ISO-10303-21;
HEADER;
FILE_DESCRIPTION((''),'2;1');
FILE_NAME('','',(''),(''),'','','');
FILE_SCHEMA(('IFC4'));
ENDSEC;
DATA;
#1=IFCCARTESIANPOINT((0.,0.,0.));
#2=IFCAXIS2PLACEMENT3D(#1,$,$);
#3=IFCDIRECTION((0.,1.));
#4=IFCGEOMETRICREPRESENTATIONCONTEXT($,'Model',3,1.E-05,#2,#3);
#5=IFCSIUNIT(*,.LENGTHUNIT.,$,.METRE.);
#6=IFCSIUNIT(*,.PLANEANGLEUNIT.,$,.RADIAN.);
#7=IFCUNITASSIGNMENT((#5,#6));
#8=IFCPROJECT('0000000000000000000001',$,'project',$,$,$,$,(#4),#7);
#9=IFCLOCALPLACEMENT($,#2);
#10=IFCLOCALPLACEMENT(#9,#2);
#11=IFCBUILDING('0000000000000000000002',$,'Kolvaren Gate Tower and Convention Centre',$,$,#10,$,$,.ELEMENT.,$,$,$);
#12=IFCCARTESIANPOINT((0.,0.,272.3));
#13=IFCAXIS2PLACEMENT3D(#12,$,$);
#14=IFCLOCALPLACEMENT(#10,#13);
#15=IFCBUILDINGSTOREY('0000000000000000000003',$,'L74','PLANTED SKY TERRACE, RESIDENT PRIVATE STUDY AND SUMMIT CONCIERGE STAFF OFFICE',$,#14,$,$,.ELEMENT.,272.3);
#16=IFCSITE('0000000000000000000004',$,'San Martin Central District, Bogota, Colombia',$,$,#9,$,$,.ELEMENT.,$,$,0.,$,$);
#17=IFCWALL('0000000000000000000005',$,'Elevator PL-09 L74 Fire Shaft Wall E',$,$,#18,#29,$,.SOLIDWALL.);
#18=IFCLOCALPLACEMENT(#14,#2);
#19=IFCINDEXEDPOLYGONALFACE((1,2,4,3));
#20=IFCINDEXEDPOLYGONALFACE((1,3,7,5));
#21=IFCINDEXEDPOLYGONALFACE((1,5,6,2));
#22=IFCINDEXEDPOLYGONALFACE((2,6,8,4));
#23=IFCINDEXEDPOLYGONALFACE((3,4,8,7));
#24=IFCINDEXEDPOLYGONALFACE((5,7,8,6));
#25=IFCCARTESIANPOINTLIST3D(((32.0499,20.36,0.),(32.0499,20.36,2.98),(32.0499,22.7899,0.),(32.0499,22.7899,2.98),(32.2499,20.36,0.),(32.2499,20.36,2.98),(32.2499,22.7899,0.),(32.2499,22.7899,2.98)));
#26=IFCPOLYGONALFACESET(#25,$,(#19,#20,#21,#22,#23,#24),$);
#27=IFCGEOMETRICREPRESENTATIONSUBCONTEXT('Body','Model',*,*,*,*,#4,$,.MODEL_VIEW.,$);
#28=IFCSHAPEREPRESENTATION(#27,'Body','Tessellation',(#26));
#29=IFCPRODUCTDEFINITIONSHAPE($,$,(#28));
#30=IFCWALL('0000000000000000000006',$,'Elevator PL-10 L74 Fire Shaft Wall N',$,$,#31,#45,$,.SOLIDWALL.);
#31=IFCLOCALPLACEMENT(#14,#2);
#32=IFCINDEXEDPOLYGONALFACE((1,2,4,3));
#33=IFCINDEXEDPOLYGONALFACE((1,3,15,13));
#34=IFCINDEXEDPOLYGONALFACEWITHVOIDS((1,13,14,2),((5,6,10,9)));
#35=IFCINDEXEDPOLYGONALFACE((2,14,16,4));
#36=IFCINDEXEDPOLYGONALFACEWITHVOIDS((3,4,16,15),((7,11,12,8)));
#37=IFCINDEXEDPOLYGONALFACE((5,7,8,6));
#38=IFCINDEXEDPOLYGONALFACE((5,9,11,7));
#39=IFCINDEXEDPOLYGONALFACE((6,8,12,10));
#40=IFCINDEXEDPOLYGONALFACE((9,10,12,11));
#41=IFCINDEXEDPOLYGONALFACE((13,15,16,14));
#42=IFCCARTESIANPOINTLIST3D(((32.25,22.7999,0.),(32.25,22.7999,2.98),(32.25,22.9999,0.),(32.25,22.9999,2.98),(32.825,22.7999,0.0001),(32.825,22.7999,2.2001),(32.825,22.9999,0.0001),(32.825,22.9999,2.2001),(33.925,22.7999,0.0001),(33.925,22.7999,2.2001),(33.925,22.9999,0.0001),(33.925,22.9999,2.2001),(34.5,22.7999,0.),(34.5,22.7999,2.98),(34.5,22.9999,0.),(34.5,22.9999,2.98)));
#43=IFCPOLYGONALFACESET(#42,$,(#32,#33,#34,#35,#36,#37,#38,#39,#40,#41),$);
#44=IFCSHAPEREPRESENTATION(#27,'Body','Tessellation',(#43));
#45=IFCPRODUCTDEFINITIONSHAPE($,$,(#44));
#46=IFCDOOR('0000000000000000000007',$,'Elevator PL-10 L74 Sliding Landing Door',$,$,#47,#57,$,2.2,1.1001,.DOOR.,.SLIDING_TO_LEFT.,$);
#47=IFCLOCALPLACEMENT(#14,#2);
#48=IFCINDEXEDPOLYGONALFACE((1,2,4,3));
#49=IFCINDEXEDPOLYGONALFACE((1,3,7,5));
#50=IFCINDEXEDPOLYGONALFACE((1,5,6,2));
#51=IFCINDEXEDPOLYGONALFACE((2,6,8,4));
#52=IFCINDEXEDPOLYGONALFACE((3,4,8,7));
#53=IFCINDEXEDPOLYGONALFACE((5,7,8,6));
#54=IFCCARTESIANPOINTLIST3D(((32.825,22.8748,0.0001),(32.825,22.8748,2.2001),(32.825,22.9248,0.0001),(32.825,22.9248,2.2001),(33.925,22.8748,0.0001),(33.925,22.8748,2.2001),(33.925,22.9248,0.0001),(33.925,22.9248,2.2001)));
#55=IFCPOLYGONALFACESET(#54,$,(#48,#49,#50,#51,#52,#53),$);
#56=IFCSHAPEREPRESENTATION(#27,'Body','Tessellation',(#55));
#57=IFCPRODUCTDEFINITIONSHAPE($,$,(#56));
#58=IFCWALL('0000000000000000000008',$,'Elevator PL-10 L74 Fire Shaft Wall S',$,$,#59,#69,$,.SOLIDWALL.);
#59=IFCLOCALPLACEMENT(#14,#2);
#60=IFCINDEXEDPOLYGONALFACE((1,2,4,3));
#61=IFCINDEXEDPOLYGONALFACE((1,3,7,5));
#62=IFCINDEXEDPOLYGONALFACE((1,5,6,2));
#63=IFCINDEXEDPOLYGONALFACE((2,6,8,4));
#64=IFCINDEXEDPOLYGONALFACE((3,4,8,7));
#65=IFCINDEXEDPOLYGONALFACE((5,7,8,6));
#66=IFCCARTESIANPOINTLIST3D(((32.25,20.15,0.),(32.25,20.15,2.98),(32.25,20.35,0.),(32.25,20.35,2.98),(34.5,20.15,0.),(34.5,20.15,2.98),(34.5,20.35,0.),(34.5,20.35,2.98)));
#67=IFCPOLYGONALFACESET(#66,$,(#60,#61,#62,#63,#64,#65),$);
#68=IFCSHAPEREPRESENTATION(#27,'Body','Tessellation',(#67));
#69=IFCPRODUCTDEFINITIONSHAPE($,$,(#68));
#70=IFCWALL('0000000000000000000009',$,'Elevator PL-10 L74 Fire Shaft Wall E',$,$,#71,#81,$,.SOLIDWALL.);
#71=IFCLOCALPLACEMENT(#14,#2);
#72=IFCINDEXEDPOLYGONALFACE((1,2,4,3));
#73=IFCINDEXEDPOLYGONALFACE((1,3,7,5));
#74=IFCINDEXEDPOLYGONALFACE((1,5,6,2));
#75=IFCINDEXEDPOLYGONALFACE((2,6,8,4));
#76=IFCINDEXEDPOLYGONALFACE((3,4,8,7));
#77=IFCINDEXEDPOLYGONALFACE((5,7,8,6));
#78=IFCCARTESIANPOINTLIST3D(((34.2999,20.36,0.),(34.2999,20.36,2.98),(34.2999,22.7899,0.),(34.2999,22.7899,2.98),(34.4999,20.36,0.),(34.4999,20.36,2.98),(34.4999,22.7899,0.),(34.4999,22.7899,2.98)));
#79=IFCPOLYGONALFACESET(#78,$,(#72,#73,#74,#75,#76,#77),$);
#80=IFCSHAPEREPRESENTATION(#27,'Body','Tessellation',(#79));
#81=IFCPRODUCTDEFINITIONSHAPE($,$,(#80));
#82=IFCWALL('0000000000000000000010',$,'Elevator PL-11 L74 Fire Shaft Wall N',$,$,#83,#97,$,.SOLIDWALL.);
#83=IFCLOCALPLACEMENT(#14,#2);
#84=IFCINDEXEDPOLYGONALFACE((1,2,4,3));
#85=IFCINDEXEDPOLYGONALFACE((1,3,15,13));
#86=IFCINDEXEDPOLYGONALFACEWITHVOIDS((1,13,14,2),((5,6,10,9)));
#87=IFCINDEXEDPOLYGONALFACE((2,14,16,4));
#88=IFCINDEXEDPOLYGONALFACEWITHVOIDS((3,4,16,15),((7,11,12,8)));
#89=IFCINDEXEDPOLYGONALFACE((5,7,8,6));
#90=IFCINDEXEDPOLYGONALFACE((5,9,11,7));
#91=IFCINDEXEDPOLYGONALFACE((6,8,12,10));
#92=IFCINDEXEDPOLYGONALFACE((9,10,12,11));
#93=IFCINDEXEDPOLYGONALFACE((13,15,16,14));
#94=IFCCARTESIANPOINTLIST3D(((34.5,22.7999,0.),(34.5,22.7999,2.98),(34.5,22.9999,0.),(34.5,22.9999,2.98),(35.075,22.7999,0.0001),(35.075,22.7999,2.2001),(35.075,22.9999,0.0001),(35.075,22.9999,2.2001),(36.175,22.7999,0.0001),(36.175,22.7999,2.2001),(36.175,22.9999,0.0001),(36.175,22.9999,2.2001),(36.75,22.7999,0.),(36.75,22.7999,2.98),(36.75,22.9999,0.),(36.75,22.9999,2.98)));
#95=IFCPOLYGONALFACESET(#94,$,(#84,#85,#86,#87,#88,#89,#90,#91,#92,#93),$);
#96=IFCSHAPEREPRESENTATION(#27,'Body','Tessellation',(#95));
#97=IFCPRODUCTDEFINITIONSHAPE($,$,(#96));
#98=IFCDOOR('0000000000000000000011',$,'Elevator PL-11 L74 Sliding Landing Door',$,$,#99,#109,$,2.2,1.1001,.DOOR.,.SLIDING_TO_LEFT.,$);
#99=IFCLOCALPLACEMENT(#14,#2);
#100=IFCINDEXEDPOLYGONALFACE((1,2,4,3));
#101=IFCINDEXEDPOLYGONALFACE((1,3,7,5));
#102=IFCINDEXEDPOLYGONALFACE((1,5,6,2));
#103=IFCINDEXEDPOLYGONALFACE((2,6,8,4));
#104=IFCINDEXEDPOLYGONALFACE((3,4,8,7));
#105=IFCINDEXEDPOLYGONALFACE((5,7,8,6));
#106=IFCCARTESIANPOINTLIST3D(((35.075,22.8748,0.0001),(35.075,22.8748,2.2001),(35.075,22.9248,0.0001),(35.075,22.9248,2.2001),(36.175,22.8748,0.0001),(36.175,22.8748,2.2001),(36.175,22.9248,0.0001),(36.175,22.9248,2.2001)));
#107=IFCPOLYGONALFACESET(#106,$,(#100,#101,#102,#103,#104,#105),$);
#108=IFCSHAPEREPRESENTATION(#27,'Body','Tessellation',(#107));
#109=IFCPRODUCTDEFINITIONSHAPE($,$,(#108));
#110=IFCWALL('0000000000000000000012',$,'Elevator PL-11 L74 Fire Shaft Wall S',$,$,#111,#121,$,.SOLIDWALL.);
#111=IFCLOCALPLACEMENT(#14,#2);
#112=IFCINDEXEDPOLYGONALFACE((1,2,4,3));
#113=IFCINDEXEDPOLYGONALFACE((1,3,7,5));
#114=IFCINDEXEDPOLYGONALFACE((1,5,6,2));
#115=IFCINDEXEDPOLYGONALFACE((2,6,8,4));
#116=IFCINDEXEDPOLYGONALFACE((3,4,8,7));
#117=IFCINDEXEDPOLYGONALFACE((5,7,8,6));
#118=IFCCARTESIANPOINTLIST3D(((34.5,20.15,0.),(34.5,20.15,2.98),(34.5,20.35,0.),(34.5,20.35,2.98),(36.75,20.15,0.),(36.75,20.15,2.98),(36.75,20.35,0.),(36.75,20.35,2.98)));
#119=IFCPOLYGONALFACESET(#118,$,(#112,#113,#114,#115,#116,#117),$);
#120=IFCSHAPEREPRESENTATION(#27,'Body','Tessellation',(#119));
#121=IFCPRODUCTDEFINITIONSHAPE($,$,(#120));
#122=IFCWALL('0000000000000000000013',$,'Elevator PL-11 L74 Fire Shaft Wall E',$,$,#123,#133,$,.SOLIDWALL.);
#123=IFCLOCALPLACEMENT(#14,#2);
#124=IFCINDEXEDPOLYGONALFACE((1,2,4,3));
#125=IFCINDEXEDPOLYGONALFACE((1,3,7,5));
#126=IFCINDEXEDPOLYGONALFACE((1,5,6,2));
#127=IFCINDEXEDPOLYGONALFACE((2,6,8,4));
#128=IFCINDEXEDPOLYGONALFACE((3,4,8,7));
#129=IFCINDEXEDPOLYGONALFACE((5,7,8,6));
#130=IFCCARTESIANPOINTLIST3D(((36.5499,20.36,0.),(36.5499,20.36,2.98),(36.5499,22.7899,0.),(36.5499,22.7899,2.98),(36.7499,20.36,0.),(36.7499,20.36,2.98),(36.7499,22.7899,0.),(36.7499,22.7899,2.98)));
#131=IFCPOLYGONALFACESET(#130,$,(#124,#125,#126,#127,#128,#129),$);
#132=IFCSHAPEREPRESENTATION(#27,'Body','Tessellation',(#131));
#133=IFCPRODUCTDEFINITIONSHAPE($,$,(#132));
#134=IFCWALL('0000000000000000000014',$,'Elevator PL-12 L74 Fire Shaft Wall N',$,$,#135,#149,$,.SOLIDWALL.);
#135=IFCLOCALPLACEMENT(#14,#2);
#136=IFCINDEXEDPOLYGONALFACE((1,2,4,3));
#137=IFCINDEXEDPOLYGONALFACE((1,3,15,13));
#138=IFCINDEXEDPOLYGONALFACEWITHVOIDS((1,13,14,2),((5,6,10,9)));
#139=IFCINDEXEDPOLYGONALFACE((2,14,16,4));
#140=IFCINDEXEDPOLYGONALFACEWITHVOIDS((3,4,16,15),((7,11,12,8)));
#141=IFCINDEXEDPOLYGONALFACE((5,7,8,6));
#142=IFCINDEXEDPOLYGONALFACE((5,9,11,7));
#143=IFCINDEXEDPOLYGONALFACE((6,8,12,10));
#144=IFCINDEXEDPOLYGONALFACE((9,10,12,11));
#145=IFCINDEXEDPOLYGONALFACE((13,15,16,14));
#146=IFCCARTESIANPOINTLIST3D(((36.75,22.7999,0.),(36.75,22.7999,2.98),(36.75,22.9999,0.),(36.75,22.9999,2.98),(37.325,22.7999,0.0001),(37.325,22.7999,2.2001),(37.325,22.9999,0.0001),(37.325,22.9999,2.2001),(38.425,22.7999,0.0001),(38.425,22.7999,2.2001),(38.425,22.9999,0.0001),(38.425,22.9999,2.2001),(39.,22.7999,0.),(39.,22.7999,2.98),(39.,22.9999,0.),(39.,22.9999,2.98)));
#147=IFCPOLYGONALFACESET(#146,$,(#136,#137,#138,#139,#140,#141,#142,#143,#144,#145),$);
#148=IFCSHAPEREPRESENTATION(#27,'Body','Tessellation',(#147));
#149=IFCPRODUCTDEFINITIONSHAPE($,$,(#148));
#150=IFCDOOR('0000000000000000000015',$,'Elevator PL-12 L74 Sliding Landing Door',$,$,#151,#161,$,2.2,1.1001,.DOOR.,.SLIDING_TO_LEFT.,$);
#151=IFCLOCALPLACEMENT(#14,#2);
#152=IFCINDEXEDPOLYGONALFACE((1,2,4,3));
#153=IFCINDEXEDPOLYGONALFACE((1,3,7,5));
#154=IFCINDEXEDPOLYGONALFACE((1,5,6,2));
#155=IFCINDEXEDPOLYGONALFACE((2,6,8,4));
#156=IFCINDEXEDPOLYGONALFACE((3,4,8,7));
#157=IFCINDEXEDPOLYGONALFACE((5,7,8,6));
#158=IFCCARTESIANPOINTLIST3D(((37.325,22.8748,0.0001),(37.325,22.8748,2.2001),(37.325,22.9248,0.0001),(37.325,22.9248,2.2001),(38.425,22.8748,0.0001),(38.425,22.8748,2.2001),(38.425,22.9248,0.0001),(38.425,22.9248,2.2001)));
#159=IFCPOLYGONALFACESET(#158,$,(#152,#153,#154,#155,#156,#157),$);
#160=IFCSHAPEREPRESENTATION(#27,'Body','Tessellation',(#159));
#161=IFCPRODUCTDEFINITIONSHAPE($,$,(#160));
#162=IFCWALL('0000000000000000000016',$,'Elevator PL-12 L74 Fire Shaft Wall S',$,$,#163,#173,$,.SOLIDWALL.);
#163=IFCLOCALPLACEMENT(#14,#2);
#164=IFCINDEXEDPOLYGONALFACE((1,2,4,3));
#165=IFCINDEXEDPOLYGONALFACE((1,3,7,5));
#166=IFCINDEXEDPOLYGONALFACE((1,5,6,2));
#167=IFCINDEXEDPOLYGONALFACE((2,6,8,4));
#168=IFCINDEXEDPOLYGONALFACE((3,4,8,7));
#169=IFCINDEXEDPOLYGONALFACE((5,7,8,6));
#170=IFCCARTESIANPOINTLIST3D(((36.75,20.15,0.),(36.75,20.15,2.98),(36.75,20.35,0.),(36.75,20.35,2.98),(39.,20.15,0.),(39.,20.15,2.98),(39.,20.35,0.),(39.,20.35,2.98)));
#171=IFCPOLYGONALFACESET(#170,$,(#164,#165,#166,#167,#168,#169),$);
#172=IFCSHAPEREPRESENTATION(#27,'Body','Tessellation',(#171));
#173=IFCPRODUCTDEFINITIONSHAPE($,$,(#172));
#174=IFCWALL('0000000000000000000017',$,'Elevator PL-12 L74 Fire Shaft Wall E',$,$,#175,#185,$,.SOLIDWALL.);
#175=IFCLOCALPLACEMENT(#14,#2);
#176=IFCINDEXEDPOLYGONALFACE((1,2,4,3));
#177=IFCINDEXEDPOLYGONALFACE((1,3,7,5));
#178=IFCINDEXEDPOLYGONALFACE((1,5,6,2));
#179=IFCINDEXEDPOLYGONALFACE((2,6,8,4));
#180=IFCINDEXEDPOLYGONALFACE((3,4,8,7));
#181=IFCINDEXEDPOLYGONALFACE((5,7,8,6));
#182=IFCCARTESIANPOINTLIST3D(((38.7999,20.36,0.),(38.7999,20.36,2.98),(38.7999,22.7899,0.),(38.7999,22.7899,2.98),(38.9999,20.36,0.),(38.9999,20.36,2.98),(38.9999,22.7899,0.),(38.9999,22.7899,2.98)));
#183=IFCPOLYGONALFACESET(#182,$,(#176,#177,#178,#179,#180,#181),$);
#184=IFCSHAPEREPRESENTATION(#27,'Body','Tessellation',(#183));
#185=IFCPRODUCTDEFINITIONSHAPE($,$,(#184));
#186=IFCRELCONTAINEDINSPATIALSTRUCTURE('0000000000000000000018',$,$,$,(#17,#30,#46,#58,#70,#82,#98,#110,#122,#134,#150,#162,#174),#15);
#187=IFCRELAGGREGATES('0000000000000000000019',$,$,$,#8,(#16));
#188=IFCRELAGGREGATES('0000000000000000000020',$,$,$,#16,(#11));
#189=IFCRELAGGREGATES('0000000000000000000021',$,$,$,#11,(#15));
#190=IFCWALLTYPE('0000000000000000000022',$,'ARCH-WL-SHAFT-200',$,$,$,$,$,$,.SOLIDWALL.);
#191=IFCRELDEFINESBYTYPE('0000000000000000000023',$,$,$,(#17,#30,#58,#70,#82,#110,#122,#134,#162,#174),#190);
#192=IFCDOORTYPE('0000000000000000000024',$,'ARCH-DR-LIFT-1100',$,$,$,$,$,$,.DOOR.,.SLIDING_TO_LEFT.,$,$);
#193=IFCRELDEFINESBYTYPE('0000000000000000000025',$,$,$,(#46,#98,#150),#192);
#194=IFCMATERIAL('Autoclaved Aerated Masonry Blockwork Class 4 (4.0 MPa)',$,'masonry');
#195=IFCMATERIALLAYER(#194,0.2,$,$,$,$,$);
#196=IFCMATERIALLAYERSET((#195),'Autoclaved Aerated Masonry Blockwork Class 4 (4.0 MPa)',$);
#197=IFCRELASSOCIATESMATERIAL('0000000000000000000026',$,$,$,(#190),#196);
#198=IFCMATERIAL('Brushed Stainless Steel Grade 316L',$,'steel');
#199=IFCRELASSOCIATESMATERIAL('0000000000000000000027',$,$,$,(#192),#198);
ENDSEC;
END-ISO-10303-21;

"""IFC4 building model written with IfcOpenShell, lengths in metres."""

from ifc_helpers import new_model, si_unit, direction, frame, frame_2d, origin, place, context, subcontext, project, spatial, rectangle, extrude, material, layer, layer_set, type_object, element, fill, save


model = new_model("IFC4")

# Units and contexts
model_context = context("Model", 3, precision=1e-05, world=origin(), true_north=direction((0.0, 1.0)))
body_context = subcontext(model_context, "Body", "Model", "MODEL_VIEW")
ifc_project = project(units=[si_unit("LENGTHUNIT", "METRE"), si_unit("PLANEANGLEUNIT", "RADIAN")], contexts=[model_context])

# Site, building, storey
site_placement = place(None, origin())
site = spatial("IfcSite", under=ifc_project, at=site_placement, Name="San Martin Central District, Bogota, Colombia", CompositionType="ELEMENT", RefElevation=0.0)
building_placement = place(site_placement, origin())
building = spatial("IfcBuilding", under=site, at=building_placement, Name="Kolvaren Gate Tower and Convention Centre", CompositionType="ELEMENT")
storey_placement = place(building_placement, frame((0.0, 0.0, 272.3)))
storey = spatial("IfcBuildingStorey", under=building, at=storey_placement, Name="L74", Description="PLANTED SKY TERRACE, RESIDENT PRIVATE STUDY AND SUMMIT CONCIERGE STAFF OFFICE", CompositionType="ELEMENT", Elevation=272.3)

# Shared definitions
ifc_material_1 = material(Name="Autoclaved Aerated Masonry Blockwork Class 4 (4.0 MPa)", Category="masonry")

# Wall
ifc_layer_1 = layer(ifc_material_1, 0.2)
ifc_layer_set_1 = layer_set([ifc_layer_1], Name="Autoclaved Aerated Masonry Blockwork Class 4 (4.0 MPa)")
wall_type_1 = type_object("IfcWallType", Name="ARCH-WL-SHAFT-200", PredefinedType="SOLIDWALL", material=ifc_layer_set_1)
wall_1_placement = place(storey_placement, frame((32.1499, 20.3601, 0.0), z_axis=(0.0, 0.0, 1.0), x_axis=(0.0, 1.0, 0.0)))
element("IfcWall", 1, at=wall_1_placement, inside=storey, type_object=wall_type_1, Name="Elevator PL-09 L74 Fire Shaft Wall E", PredefinedType="SOLIDWALL", context=body_context, shape_type="SweptSolid", body=[
    extrude(rectangle(XDim=2.4299, YDim=0.2, at=frame_2d((1.2148, 0.0))), origin(), (0.0, 0.0, 1.0), 2.98),
])

# Wall, opening, door
wall_2_placement = place(storey_placement, frame((32.25, 22.8999, 0.0), z_axis=(0.0, 0.0, 1.0), x_axis=(1.0, 0.0, 0.0)))
wall_2 = element("IfcWall", 2, at=wall_2_placement, inside=storey, type_object=wall_type_1, Name="Elevator PL-10 L74 Fire Shaft Wall N", PredefinedType="SOLIDWALL", context=body_context, shape_type="SweptSolid", body=[
    extrude(rectangle(XDim=2.25, YDim=0.2, at=frame_2d((1.125, 0.0))), origin(), (0.0, 0.0, 1.0), 2.98),
])
opening_1_placement = place(wall_2_placement, frame((0.575, 0.0, 0.0)))
opening_1 = element("IfcOpeningElement", 3, at=opening_1_placement, cuts=wall_2, PredefinedType="OPENING", context=body_context, shape_type="SweptSolid", body=[
    extrude(rectangle(XDim=1.1001, YDim=2.2, at=frame_2d((0.55, 1.1001))), frame((0.0, 0.1099, 0.0), z_axis=(0.0, -1.0, 0.0), x_axis=(1.0, 0.0, 0.0)), (0.0, 0.0, 1.0), 0.22),
])
ifc_material_2 = material(Name="Brushed Stainless Steel Grade 316L", Category="steel")
door_type_1 = type_object("IfcDoorType", Name="ARCH-DR-LIFT-1100", OperationType="SLIDING_TO_LEFT", PredefinedType="DOOR", material=ifc_material_2)
door_1_placement = place(opening_1_placement, origin())
door_1 = element("IfcDoor", 4, at=door_1_placement, inside=storey, type_object=door_type_1, Name="Elevator PL-10 L74 Sliding Landing Door", OperationType="SLIDING_TO_LEFT", OverallHeight=2.2, OverallWidth=1.1001, PredefinedType="DOOR", context=body_context, shape_type="SweptSolid", body=[
    extrude(rectangle(XDim=1.1001, YDim=2.2, at=frame_2d((0.55, 1.1001))), frame((0.0, 0.0249, 0.0), z_axis=(0.0, -1.0, 0.0), x_axis=(1.0, 0.0, 0.0)), (0.0, 0.0, 1.0), 0.05),
])
fill(opening_1, door_1)

# Walls
wall_3_placement = place(storey_placement, frame((32.25, 20.25, 0.0), z_axis=(0.0, 0.0, 1.0), x_axis=(1.0, 0.0, 0.0)))
element("IfcWall", 5, at=wall_3_placement, inside=storey, type_object=wall_type_1, Name="Elevator PL-10 L74 Fire Shaft Wall S", PredefinedType="SOLIDWALL", context=body_context, shape_type="SweptSolid", body=[
    extrude(rectangle(XDim=2.25, YDim=0.2, at=frame_2d((1.125, 0.0))), origin(), (0.0, 0.0, 1.0), 2.98),
])
wall_4_placement = place(storey_placement, frame((34.3999, 20.3601, 0.0), z_axis=(0.0, 0.0, 1.0), x_axis=(0.0, 1.0, 0.0)))
element("IfcWall", 6, at=wall_4_placement, inside=storey, type_object=wall_type_1, Name="Elevator PL-10 L74 Fire Shaft Wall E", PredefinedType="SOLIDWALL", context=body_context, shape_type="SweptSolid", body=[
    extrude(rectangle(XDim=2.4299, YDim=0.2, at=frame_2d((1.2148, 0.0))), origin(), (0.0, 0.0, 1.0), 2.98),
])

# Wall, opening, door
wall_5_placement = place(storey_placement, frame((34.5, 22.8999, 0.0), z_axis=(0.0, 0.0, 1.0), x_axis=(1.0, 0.0, 0.0)))
wall_5 = element("IfcWall", 7, at=wall_5_placement, inside=storey, type_object=wall_type_1, Name="Elevator PL-11 L74 Fire Shaft Wall N", PredefinedType="SOLIDWALL", context=body_context, shape_type="SweptSolid", body=[
    extrude(rectangle(XDim=2.25, YDim=0.2, at=frame_2d((1.125, 0.0))), origin(), (0.0, 0.0, 1.0), 2.98),
])
opening_2_placement = place(wall_5_placement, frame((0.575, 0.0, 0.0)))
opening_2 = element("IfcOpeningElement", 8, at=opening_2_placement, cuts=wall_5, PredefinedType="OPENING", context=body_context, shape_type="SweptSolid", body=[
    extrude(rectangle(XDim=1.1001, YDim=2.2, at=frame_2d((0.55, 1.1001))), frame((0.0, 0.1099, 0.0), z_axis=(0.0, -1.0, 0.0), x_axis=(1.0, 0.0, 0.0)), (0.0, 0.0, 1.0), 0.22),
])
door_2_placement = place(opening_2_placement, origin())
door_2 = element("IfcDoor", 9, at=door_2_placement, inside=storey, type_object=door_type_1, Name="Elevator PL-11 L74 Sliding Landing Door", OperationType="SLIDING_TO_LEFT", OverallHeight=2.2, OverallWidth=1.1001, PredefinedType="DOOR", context=body_context, shape_type="SweptSolid", body=[
    extrude(rectangle(XDim=1.1001, YDim=2.2, at=frame_2d((0.55, 1.1001))), frame((0.0, 0.0249, 0.0), z_axis=(0.0, -1.0, 0.0), x_axis=(1.0, 0.0, 0.0)), (0.0, 0.0, 1.0), 0.05),
])
fill(opening_2, door_2)

# Walls
wall_6_placement = place(storey_placement, frame((34.5, 20.25, 0.0), z_axis=(0.0, 0.0, 1.0), x_axis=(1.0, 0.0, 0.0)))
element("IfcWall", 10, at=wall_6_placement, inside=storey, type_object=wall_type_1, Name="Elevator PL-11 L74 Fire Shaft Wall S", PredefinedType="SOLIDWALL", context=body_context, shape_type="SweptSolid", body=[
    extrude(rectangle(XDim=2.25, YDim=0.2, at=frame_2d((1.125, 0.0))), origin(), (0.0, 0.0, 1.0), 2.98),
])
wall_7_placement = place(storey_placement, frame((36.6499, 20.3601, 0.0), z_axis=(0.0, 0.0, 1.0), x_axis=(0.0, 1.0, 0.0)))
element("IfcWall", 11, at=wall_7_placement, inside=storey, type_object=wall_type_1, Name="Elevator PL-11 L74 Fire Shaft Wall E", PredefinedType="SOLIDWALL", context=body_context, shape_type="SweptSolid", body=[
    extrude(rectangle(XDim=2.4299, YDim=0.2, at=frame_2d((1.2148, 0.0))), origin(), (0.0, 0.0, 1.0), 2.98),
])

# Wall, opening, door
wall_8_placement = place(storey_placement, frame((36.75, 22.8999, 0.0), z_axis=(0.0, 0.0, 1.0), x_axis=(1.0, 0.0, 0.0)))
wall_8 = element("IfcWall", 12, at=wall_8_placement, inside=storey, type_object=wall_type_1, Name="Elevator PL-12 L74 Fire Shaft Wall N", PredefinedType="SOLIDWALL", context=body_context, shape_type="SweptSolid", body=[
    extrude(rectangle(XDim=2.25, YDim=0.2, at=frame_2d((1.125, 0.0))), origin(), (0.0, 0.0, 1.0), 2.98),
])
opening_3_placement = place(wall_8_placement, frame((0.575, 0.0, 0.0)))
opening_3 = element("IfcOpeningElement", 13, at=opening_3_placement, cuts=wall_8, PredefinedType="OPENING", context=body_context, shape_type="SweptSolid", body=[
    extrude(rectangle(XDim=1.1001, YDim=2.2, at=frame_2d((0.55, 1.1001))), frame((0.0, 0.1099, 0.0), z_axis=(0.0, -1.0, 0.0), x_axis=(1.0, 0.0, 0.0)), (0.0, 0.0, 1.0), 0.22),
])
door_3_placement = place(opening_3_placement, origin())
door_3 = element("IfcDoor", 14, at=door_3_placement, inside=storey, type_object=door_type_1, Name="Elevator PL-12 L74 Sliding Landing Door", OperationType="SLIDING_TO_LEFT", OverallHeight=2.2, OverallWidth=1.1001, PredefinedType="DOOR", context=body_context, shape_type="SweptSolid", body=[
    extrude(rectangle(XDim=1.1001, YDim=2.2, at=frame_2d((0.55, 1.1001))), frame((0.0, 0.0249, 0.0), z_axis=(0.0, -1.0, 0.0), x_axis=(1.0, 0.0, 0.0)), (0.0, 0.0, 1.0), 0.05),
])
fill(opening_3, door_3)

# Walls
wall_9_placement = place(storey_placement, frame((36.75, 20.25, 0.0), z_axis=(0.0, 0.0, 1.0), x_axis=(1.0, 0.0, 0.0)))
element("IfcWall", 15, at=wall_9_placement, inside=storey, type_object=wall_type_1, Name="Elevator PL-12 L74 Fire Shaft Wall S", PredefinedType="SOLIDWALL", context=body_context, shape_type="SweptSolid", body=[
    extrude(rectangle(XDim=2.25, YDim=0.2, at=frame_2d((1.125, 0.0))), origin(), (0.0, 0.0, 1.0), 2.98),
])
wall_10_placement = place(storey_placement, frame((38.8999, 20.3601, 0.0), z_axis=(0.0, 0.0, 1.0), x_axis=(0.0, 1.0, 0.0)))
element("IfcWall", 16, at=wall_10_placement, inside=storey, type_object=wall_type_1, Name="Elevator PL-12 L74 Fire Shaft Wall E", PredefinedType="SOLIDWALL", context=body_context, shape_type="SweptSolid", body=[
    extrude(rectangle(XDim=2.4299, YDim=0.2, at=frame_2d((1.2148, 0.0))), origin(), (0.0, 0.0, 1.0), 2.98),
])

save(model, "model.ifc")
